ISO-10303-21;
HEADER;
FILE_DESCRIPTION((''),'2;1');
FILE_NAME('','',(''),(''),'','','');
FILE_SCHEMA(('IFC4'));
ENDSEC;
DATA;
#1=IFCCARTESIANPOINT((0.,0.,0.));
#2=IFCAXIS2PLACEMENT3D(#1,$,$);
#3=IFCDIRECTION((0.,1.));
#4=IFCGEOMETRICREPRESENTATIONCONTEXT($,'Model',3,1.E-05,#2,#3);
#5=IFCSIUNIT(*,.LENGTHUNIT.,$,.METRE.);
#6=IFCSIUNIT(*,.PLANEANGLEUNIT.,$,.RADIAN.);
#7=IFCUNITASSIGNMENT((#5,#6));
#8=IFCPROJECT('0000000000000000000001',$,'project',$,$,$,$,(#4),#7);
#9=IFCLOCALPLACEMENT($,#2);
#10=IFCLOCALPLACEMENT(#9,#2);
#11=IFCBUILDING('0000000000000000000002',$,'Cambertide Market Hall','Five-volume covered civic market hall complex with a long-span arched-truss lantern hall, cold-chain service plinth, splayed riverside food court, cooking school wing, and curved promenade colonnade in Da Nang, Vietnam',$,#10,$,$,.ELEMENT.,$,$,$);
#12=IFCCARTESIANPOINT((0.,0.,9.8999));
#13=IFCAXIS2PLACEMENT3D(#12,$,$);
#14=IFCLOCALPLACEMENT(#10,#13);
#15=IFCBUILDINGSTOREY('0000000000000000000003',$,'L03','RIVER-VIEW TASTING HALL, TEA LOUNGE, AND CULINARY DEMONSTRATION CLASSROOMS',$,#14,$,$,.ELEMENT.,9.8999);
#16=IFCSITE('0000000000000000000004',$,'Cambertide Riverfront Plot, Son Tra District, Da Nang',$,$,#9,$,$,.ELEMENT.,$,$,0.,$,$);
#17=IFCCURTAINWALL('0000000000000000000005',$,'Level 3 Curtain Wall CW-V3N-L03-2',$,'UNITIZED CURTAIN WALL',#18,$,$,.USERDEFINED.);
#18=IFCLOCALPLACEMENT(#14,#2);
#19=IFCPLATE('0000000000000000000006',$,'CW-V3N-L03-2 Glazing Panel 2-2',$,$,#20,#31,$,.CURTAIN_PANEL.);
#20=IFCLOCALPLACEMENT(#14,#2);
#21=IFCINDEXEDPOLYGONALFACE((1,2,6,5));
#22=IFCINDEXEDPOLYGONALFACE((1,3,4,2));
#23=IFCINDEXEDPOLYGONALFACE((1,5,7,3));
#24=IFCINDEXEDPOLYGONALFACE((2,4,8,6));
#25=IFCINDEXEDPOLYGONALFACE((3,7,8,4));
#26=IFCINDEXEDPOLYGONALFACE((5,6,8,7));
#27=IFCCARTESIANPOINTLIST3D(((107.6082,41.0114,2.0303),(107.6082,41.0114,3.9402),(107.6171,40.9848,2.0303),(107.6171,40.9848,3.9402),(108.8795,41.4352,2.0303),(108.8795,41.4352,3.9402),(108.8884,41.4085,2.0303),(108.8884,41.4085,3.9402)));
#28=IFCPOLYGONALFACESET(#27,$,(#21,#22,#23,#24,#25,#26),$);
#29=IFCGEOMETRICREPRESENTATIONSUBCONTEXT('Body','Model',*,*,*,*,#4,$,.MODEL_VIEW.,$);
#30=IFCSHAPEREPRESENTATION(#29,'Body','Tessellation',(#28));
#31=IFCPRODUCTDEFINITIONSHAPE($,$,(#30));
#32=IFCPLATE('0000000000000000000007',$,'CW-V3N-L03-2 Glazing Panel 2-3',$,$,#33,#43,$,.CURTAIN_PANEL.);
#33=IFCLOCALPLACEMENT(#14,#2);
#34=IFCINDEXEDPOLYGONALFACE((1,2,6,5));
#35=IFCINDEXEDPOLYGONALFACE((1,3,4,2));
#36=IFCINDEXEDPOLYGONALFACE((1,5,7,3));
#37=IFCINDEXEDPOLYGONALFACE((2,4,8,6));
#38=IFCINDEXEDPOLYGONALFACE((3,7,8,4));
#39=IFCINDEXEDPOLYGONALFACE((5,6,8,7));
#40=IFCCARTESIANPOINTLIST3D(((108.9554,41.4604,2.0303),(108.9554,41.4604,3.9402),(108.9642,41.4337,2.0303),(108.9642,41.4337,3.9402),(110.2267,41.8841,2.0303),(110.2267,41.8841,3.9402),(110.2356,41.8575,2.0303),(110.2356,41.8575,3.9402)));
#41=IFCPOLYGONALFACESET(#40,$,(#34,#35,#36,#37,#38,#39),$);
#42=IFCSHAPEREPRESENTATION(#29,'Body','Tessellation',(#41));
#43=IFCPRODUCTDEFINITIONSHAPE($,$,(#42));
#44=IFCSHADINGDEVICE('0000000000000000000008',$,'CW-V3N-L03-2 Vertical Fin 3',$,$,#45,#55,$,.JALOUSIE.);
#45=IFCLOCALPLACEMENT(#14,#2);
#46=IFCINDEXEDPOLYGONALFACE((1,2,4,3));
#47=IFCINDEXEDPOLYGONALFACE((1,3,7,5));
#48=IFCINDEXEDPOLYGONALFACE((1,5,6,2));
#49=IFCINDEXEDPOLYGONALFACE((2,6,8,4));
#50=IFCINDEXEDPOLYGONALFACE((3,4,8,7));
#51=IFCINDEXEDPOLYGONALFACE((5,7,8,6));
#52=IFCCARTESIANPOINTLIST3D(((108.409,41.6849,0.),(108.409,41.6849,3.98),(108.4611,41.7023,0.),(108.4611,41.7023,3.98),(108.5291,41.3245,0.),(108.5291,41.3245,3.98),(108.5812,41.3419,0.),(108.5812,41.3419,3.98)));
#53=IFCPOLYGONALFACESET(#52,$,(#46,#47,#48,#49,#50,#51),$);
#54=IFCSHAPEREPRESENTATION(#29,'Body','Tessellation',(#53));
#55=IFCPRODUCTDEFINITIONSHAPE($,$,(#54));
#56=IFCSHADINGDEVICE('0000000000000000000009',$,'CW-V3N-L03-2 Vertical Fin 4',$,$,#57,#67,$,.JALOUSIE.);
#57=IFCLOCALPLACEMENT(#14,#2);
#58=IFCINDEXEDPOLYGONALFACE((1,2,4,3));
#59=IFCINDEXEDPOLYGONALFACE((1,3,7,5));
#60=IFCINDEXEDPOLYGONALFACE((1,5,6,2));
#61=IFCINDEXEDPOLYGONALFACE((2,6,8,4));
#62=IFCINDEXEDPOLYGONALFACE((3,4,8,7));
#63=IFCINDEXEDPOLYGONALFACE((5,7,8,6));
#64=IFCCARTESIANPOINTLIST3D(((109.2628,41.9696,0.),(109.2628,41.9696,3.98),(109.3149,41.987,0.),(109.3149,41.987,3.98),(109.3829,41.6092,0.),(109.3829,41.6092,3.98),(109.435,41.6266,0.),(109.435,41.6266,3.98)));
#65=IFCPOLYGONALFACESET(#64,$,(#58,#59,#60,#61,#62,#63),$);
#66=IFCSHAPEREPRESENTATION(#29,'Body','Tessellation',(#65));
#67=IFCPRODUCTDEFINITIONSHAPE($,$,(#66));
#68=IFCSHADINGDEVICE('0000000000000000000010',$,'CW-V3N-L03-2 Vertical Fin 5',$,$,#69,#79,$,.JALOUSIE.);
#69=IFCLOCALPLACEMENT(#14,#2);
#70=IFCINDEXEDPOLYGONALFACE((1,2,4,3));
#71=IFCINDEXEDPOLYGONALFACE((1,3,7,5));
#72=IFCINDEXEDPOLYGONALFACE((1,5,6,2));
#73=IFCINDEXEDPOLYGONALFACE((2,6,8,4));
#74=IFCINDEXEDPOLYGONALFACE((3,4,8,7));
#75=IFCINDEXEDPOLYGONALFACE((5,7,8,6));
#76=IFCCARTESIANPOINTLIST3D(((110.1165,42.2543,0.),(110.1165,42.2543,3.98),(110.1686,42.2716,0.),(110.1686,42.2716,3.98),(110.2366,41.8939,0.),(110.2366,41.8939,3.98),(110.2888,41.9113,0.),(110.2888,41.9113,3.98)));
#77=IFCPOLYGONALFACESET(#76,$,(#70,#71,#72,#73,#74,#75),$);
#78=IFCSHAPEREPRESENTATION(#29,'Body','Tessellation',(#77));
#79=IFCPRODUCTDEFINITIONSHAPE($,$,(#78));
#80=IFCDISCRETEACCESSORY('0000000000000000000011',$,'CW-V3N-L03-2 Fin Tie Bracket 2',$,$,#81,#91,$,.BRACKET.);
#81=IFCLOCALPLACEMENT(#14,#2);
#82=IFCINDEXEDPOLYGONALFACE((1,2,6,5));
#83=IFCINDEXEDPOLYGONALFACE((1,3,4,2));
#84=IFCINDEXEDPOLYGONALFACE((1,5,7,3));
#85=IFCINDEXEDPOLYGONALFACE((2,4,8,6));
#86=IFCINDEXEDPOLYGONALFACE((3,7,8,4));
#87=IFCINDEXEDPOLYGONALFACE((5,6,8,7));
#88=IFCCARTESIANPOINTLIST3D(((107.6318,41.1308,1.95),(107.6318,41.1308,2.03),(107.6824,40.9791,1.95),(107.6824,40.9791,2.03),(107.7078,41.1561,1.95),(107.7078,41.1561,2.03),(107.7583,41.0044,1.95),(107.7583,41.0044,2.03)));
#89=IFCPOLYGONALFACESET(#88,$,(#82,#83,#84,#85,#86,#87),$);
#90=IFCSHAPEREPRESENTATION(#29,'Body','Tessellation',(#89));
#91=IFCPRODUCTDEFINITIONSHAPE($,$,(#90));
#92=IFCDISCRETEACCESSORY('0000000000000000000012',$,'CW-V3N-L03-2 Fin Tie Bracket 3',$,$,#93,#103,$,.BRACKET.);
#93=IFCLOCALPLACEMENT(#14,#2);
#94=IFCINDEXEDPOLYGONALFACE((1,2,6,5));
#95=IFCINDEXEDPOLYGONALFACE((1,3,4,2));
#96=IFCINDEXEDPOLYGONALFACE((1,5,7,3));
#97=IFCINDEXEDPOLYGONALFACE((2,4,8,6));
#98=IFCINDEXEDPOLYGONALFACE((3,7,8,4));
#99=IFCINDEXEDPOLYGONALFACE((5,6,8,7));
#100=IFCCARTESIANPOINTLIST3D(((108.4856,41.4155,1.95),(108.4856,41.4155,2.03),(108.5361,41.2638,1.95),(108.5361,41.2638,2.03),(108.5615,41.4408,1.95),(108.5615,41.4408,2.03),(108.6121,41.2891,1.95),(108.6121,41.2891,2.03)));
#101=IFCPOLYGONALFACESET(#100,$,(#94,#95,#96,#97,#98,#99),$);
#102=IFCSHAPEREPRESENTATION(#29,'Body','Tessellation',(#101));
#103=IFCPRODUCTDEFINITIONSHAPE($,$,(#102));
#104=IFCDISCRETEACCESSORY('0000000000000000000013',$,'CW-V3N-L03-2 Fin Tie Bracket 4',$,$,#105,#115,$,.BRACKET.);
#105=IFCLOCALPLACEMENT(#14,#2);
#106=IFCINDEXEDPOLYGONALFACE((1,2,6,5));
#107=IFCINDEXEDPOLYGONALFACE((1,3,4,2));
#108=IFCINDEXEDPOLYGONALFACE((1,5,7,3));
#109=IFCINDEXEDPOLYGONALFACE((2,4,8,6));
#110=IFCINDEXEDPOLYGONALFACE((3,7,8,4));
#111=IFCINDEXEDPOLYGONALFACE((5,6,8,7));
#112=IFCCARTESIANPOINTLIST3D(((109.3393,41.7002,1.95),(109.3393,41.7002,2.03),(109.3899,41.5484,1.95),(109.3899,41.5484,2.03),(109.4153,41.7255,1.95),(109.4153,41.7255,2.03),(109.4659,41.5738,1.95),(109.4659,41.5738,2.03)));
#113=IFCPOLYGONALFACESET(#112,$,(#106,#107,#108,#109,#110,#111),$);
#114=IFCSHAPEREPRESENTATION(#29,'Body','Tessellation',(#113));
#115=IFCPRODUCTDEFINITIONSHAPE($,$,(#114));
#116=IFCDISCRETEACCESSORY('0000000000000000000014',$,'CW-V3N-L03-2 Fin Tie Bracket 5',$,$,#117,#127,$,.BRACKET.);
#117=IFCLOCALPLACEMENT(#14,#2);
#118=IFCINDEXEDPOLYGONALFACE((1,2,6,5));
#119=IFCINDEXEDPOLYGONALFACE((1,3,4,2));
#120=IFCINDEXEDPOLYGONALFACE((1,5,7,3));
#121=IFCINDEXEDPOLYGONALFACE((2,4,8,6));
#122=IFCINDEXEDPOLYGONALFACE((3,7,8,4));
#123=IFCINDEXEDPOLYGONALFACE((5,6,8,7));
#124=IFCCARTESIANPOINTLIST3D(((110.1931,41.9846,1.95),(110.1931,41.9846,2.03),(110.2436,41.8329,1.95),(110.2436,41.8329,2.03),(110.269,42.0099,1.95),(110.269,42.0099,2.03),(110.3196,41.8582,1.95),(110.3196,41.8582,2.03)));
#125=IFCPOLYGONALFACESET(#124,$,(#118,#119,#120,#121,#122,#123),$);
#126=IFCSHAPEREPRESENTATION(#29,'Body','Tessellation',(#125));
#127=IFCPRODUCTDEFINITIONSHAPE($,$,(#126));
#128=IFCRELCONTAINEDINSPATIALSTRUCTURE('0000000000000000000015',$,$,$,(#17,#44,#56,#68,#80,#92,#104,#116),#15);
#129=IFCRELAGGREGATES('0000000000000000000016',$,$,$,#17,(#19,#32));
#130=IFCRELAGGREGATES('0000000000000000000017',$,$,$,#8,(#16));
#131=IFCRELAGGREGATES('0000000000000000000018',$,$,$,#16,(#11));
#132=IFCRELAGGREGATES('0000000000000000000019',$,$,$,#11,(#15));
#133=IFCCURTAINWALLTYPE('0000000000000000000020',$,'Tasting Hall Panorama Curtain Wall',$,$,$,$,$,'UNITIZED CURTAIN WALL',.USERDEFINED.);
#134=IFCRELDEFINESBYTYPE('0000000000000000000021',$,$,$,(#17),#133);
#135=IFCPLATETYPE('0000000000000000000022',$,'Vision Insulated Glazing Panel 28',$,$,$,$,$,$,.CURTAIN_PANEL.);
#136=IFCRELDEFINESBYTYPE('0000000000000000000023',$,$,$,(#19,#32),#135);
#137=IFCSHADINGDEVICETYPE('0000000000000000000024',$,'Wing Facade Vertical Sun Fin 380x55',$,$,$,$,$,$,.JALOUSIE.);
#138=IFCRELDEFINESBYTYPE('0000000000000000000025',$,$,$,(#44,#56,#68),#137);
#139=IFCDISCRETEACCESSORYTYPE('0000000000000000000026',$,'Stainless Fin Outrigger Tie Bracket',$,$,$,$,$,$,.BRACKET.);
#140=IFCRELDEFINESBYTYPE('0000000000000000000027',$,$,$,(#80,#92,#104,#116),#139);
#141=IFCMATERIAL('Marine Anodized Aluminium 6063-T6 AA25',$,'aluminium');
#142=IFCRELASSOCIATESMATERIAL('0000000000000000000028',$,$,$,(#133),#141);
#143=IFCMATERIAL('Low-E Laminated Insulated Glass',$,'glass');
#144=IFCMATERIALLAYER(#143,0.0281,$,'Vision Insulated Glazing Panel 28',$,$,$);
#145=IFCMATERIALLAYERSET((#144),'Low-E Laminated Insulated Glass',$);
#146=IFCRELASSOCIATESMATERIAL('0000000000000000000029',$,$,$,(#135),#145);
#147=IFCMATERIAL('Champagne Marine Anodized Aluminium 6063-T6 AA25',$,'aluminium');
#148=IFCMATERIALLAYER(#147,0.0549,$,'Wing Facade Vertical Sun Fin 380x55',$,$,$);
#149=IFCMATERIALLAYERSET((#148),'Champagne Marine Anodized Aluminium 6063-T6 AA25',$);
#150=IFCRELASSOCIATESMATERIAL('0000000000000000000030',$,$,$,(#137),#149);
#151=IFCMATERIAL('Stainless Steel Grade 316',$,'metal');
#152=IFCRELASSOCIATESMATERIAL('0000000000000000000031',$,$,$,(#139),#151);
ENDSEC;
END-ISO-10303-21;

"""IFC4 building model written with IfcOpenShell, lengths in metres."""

from ifc_helpers import new_model, si_unit, direction, frame, origin, origin_2d, place, context, subcontext, project, spatial, rectangle, extrude, material, layer, layer_set, type_object, element, aggregate, save


model = new_model("IFC4")

# Units and contexts
model_context = context("Model", 3, precision=1e-05, world=origin(), true_north=direction((0.0, 1.0)))
body_context = subcontext(model_context, "Body", "Model", "MODEL_VIEW")
ifc_project = project(units=[si_unit("LENGTHUNIT", "METRE"), si_unit("PLANEANGLEUNIT", "RADIAN")], contexts=[model_context])

# Site, building, storey
site_placement = place(None, origin())
site = spatial("IfcSite", under=ifc_project, at=site_placement, Name="Cambertide Riverfront Plot, Son Tra District, Da Nang", CompositionType="ELEMENT", RefElevation=0.0)
building_placement = place(site_placement, origin())
building = spatial("IfcBuilding", under=site, at=building_placement, Name="Cambertide Market Hall", Description="Five-volume covered civic market hall complex with a long-span arched-truss lantern hall, cold-chain service plinth, splayed riverside food court, cooking school wing, and curved promenade colonnade in Da Nang, Vietnam", CompositionType="ELEMENT")
storey_placement = place(building_placement, frame((0.0, 0.0, 9.8999)))
storey = spatial("IfcBuildingStorey", under=building, at=storey_placement, Name="L03", Description="RIVER-VIEW TASTING HALL, TEA LOUNGE, AND CULINARY DEMONSTRATION CLASSROOMS", CompositionType="ELEMENT", Elevation=9.8999)

# Curtain wall, plates
ifc_material_1 = material(Name="Marine Anodized Aluminium 6063-T6 AA25", Category="aluminium")
curtain_wall_type = type_object("IfcCurtainWallType", Name="Tasting Hall Panorama Curtain Wall", ElementType="UNITIZED CURTAIN WALL", PredefinedType="USERDEFINED", material=ifc_material_1)
curtain_wall_placement = place(storey_placement, origin())
curtain_wall = element("IfcCurtainWall", 1, at=curtain_wall_placement, inside=storey, type_object=curtain_wall_type, Name="Level 3 Curtain Wall CW-V3N-L03-2", ObjectType="UNITIZED CURTAIN WALL", PredefinedType="USERDEFINED")
ifc_material_2 = material(Name="Low-E Laminated Insulated Glass", Category="glass")
ifc_layer_1 = layer(ifc_material_2, 0.0281, Name="Vision Insulated Glazing Panel 28")
ifc_layer_set_1 = layer_set([ifc_layer_1], Name="Low-E Laminated Insulated Glass")
plate_type = type_object("IfcPlateType", Name="Vision Insulated Glazing Panel 28", PredefinedType="CURTAIN_PANEL", material=ifc_layer_set_1)
plate_1_placement = place(storey_placement, frame((108.2483, 41.21, 2.0303), z_axis=(0.0, 0.0, 1.0), x_axis=(0.948683, 0.316228, 0.0)))
plate_1 = element("IfcPlate", 2, at=plate_1_placement, type_object=plate_type, Name="CW-V3N-L03-2 Glazing Panel 2-2", PredefinedType="CURTAIN_PANEL", context=body_context, shape_type="SweptSolid", body=[
    extrude(rectangle(XDim=1.3401, YDim=0.0281, at=origin_2d()), origin(), (0.0, 0.0, 1.0), 1.9099),
])
plate_2_placement = place(storey_placement, frame((109.5955, 41.6589, 2.0303), z_axis=(0.0, 0.0, 1.0), x_axis=(0.948683, 0.316228, 0.0)))
plate_2 = element("IfcPlate", 3, at=plate_2_placement, type_object=plate_type, Name="CW-V3N-L03-2 Glazing Panel 2-3", PredefinedType="CURTAIN_PANEL", context=body_context, shape_type="SweptSolid", body=[
    extrude(rectangle(XDim=1.3401, YDim=0.0281, at=origin_2d()), origin(), (0.0, 0.0, 1.0), 1.9099),
])
aggregate(curtain_wall, [plate_1, plate_2])

# Shading devices
ifc_material_3 = material(Name="Champagne Marine Anodized Aluminium 6063-T6 AA25", Category="aluminium")
ifc_layer_2 = layer(ifc_material_3, 0.0549, Name="Wing Facade Vertical Sun Fin 380x55")
ifc_layer_set_2 = layer_set([ifc_layer_2], Name="Champagne Marine Anodized Aluminium 6063-T6 AA25")
shading_device_type = type_object("IfcShadingDeviceType", Name="Wing Facade Vertical Sun Fin 380x55", PredefinedType="JALOUSIE", material=ifc_layer_set_2)
for number, where, z_axis, x_axis, name in (
    (4, (108.4951, 41.5134, 0.0), (0.0, 0.0, 1.0), (0.948683, 0.316228, 0.0), "CW-V3N-L03-2 Vertical Fin 3"),
    (5, (109.3489, 41.7981, 0.0), (0.0, 0.0, 1.0), (0.948683, 0.316228, 0.0), "CW-V3N-L03-2 Vertical Fin 4"),
    (6, (110.2026, 42.0828, 0.0), (0.0, 0.0, 1.0), (0.948683, 0.316228, 0.0), "CW-V3N-L03-2 Vertical Fin 5"),
):
    element("IfcShadingDevice", number, at=place(storey_placement, frame(where, z_axis=z_axis, x_axis=x_axis)), inside=storey, type_object=shading_device_type, Name=name, PredefinedType="JALOUSIE", context=body_context, shape_type="SweptSolid", body=[
        extrude(rectangle(XDim=0.0549, YDim=0.3799, at=origin_2d()), origin(), (0.0, 0.0, 1.0), 3.98),
    ])

# Discrete accessories
ifc_material_4 = material(Name="Stainless Steel Grade 316", Category="metal")
discrete_accessory_type = type_object("IfcDiscreteAccessoryType", Name="Stainless Fin Outrigger Tie Bracket", PredefinedType="BRACKET", material=ifc_material_4)
for number, where, z_axis, x_axis, name in (
    (7, (107.6951, 41.0676, 1.95), (0.0, 0.0, 1.0), (0.948683, 0.316228, 0.0), "CW-V3N-L03-2 Fin Tie Bracket 2"),
    (8, (108.5488, 41.3523, 1.95), (0.0, 0.0, 1.0), (0.948683, 0.316228, 0.0), "CW-V3N-L03-2 Fin Tie Bracket 3"),
    (9, (109.4026, 41.637, 1.95), (0.0, 0.0, 1.0), (0.948683, 0.316228, 0.0), "CW-V3N-L03-2 Fin Tie Bracket 4"),
    (10, (110.2563, 41.9214, 1.95), (0.0, 0.0, 1.0), (0.948683, 0.316228, 0.0), "CW-V3N-L03-2 Fin Tie Bracket 5"),
):
    element("IfcDiscreteAccessory", number, at=place(storey_placement, frame(where, z_axis=z_axis, x_axis=x_axis)), inside=storey, type_object=discrete_accessory_type, Name=name, PredefinedType="BRACKET", context=body_context, shape_type="SweptSolid", body=[
        extrude(rectangle(XDim=0.0801, YDim=0.1599, at=origin_2d()), origin(), (0.0, 0.0, 1.0), 0.0801),
    ])

save(model, "model.ifc")
